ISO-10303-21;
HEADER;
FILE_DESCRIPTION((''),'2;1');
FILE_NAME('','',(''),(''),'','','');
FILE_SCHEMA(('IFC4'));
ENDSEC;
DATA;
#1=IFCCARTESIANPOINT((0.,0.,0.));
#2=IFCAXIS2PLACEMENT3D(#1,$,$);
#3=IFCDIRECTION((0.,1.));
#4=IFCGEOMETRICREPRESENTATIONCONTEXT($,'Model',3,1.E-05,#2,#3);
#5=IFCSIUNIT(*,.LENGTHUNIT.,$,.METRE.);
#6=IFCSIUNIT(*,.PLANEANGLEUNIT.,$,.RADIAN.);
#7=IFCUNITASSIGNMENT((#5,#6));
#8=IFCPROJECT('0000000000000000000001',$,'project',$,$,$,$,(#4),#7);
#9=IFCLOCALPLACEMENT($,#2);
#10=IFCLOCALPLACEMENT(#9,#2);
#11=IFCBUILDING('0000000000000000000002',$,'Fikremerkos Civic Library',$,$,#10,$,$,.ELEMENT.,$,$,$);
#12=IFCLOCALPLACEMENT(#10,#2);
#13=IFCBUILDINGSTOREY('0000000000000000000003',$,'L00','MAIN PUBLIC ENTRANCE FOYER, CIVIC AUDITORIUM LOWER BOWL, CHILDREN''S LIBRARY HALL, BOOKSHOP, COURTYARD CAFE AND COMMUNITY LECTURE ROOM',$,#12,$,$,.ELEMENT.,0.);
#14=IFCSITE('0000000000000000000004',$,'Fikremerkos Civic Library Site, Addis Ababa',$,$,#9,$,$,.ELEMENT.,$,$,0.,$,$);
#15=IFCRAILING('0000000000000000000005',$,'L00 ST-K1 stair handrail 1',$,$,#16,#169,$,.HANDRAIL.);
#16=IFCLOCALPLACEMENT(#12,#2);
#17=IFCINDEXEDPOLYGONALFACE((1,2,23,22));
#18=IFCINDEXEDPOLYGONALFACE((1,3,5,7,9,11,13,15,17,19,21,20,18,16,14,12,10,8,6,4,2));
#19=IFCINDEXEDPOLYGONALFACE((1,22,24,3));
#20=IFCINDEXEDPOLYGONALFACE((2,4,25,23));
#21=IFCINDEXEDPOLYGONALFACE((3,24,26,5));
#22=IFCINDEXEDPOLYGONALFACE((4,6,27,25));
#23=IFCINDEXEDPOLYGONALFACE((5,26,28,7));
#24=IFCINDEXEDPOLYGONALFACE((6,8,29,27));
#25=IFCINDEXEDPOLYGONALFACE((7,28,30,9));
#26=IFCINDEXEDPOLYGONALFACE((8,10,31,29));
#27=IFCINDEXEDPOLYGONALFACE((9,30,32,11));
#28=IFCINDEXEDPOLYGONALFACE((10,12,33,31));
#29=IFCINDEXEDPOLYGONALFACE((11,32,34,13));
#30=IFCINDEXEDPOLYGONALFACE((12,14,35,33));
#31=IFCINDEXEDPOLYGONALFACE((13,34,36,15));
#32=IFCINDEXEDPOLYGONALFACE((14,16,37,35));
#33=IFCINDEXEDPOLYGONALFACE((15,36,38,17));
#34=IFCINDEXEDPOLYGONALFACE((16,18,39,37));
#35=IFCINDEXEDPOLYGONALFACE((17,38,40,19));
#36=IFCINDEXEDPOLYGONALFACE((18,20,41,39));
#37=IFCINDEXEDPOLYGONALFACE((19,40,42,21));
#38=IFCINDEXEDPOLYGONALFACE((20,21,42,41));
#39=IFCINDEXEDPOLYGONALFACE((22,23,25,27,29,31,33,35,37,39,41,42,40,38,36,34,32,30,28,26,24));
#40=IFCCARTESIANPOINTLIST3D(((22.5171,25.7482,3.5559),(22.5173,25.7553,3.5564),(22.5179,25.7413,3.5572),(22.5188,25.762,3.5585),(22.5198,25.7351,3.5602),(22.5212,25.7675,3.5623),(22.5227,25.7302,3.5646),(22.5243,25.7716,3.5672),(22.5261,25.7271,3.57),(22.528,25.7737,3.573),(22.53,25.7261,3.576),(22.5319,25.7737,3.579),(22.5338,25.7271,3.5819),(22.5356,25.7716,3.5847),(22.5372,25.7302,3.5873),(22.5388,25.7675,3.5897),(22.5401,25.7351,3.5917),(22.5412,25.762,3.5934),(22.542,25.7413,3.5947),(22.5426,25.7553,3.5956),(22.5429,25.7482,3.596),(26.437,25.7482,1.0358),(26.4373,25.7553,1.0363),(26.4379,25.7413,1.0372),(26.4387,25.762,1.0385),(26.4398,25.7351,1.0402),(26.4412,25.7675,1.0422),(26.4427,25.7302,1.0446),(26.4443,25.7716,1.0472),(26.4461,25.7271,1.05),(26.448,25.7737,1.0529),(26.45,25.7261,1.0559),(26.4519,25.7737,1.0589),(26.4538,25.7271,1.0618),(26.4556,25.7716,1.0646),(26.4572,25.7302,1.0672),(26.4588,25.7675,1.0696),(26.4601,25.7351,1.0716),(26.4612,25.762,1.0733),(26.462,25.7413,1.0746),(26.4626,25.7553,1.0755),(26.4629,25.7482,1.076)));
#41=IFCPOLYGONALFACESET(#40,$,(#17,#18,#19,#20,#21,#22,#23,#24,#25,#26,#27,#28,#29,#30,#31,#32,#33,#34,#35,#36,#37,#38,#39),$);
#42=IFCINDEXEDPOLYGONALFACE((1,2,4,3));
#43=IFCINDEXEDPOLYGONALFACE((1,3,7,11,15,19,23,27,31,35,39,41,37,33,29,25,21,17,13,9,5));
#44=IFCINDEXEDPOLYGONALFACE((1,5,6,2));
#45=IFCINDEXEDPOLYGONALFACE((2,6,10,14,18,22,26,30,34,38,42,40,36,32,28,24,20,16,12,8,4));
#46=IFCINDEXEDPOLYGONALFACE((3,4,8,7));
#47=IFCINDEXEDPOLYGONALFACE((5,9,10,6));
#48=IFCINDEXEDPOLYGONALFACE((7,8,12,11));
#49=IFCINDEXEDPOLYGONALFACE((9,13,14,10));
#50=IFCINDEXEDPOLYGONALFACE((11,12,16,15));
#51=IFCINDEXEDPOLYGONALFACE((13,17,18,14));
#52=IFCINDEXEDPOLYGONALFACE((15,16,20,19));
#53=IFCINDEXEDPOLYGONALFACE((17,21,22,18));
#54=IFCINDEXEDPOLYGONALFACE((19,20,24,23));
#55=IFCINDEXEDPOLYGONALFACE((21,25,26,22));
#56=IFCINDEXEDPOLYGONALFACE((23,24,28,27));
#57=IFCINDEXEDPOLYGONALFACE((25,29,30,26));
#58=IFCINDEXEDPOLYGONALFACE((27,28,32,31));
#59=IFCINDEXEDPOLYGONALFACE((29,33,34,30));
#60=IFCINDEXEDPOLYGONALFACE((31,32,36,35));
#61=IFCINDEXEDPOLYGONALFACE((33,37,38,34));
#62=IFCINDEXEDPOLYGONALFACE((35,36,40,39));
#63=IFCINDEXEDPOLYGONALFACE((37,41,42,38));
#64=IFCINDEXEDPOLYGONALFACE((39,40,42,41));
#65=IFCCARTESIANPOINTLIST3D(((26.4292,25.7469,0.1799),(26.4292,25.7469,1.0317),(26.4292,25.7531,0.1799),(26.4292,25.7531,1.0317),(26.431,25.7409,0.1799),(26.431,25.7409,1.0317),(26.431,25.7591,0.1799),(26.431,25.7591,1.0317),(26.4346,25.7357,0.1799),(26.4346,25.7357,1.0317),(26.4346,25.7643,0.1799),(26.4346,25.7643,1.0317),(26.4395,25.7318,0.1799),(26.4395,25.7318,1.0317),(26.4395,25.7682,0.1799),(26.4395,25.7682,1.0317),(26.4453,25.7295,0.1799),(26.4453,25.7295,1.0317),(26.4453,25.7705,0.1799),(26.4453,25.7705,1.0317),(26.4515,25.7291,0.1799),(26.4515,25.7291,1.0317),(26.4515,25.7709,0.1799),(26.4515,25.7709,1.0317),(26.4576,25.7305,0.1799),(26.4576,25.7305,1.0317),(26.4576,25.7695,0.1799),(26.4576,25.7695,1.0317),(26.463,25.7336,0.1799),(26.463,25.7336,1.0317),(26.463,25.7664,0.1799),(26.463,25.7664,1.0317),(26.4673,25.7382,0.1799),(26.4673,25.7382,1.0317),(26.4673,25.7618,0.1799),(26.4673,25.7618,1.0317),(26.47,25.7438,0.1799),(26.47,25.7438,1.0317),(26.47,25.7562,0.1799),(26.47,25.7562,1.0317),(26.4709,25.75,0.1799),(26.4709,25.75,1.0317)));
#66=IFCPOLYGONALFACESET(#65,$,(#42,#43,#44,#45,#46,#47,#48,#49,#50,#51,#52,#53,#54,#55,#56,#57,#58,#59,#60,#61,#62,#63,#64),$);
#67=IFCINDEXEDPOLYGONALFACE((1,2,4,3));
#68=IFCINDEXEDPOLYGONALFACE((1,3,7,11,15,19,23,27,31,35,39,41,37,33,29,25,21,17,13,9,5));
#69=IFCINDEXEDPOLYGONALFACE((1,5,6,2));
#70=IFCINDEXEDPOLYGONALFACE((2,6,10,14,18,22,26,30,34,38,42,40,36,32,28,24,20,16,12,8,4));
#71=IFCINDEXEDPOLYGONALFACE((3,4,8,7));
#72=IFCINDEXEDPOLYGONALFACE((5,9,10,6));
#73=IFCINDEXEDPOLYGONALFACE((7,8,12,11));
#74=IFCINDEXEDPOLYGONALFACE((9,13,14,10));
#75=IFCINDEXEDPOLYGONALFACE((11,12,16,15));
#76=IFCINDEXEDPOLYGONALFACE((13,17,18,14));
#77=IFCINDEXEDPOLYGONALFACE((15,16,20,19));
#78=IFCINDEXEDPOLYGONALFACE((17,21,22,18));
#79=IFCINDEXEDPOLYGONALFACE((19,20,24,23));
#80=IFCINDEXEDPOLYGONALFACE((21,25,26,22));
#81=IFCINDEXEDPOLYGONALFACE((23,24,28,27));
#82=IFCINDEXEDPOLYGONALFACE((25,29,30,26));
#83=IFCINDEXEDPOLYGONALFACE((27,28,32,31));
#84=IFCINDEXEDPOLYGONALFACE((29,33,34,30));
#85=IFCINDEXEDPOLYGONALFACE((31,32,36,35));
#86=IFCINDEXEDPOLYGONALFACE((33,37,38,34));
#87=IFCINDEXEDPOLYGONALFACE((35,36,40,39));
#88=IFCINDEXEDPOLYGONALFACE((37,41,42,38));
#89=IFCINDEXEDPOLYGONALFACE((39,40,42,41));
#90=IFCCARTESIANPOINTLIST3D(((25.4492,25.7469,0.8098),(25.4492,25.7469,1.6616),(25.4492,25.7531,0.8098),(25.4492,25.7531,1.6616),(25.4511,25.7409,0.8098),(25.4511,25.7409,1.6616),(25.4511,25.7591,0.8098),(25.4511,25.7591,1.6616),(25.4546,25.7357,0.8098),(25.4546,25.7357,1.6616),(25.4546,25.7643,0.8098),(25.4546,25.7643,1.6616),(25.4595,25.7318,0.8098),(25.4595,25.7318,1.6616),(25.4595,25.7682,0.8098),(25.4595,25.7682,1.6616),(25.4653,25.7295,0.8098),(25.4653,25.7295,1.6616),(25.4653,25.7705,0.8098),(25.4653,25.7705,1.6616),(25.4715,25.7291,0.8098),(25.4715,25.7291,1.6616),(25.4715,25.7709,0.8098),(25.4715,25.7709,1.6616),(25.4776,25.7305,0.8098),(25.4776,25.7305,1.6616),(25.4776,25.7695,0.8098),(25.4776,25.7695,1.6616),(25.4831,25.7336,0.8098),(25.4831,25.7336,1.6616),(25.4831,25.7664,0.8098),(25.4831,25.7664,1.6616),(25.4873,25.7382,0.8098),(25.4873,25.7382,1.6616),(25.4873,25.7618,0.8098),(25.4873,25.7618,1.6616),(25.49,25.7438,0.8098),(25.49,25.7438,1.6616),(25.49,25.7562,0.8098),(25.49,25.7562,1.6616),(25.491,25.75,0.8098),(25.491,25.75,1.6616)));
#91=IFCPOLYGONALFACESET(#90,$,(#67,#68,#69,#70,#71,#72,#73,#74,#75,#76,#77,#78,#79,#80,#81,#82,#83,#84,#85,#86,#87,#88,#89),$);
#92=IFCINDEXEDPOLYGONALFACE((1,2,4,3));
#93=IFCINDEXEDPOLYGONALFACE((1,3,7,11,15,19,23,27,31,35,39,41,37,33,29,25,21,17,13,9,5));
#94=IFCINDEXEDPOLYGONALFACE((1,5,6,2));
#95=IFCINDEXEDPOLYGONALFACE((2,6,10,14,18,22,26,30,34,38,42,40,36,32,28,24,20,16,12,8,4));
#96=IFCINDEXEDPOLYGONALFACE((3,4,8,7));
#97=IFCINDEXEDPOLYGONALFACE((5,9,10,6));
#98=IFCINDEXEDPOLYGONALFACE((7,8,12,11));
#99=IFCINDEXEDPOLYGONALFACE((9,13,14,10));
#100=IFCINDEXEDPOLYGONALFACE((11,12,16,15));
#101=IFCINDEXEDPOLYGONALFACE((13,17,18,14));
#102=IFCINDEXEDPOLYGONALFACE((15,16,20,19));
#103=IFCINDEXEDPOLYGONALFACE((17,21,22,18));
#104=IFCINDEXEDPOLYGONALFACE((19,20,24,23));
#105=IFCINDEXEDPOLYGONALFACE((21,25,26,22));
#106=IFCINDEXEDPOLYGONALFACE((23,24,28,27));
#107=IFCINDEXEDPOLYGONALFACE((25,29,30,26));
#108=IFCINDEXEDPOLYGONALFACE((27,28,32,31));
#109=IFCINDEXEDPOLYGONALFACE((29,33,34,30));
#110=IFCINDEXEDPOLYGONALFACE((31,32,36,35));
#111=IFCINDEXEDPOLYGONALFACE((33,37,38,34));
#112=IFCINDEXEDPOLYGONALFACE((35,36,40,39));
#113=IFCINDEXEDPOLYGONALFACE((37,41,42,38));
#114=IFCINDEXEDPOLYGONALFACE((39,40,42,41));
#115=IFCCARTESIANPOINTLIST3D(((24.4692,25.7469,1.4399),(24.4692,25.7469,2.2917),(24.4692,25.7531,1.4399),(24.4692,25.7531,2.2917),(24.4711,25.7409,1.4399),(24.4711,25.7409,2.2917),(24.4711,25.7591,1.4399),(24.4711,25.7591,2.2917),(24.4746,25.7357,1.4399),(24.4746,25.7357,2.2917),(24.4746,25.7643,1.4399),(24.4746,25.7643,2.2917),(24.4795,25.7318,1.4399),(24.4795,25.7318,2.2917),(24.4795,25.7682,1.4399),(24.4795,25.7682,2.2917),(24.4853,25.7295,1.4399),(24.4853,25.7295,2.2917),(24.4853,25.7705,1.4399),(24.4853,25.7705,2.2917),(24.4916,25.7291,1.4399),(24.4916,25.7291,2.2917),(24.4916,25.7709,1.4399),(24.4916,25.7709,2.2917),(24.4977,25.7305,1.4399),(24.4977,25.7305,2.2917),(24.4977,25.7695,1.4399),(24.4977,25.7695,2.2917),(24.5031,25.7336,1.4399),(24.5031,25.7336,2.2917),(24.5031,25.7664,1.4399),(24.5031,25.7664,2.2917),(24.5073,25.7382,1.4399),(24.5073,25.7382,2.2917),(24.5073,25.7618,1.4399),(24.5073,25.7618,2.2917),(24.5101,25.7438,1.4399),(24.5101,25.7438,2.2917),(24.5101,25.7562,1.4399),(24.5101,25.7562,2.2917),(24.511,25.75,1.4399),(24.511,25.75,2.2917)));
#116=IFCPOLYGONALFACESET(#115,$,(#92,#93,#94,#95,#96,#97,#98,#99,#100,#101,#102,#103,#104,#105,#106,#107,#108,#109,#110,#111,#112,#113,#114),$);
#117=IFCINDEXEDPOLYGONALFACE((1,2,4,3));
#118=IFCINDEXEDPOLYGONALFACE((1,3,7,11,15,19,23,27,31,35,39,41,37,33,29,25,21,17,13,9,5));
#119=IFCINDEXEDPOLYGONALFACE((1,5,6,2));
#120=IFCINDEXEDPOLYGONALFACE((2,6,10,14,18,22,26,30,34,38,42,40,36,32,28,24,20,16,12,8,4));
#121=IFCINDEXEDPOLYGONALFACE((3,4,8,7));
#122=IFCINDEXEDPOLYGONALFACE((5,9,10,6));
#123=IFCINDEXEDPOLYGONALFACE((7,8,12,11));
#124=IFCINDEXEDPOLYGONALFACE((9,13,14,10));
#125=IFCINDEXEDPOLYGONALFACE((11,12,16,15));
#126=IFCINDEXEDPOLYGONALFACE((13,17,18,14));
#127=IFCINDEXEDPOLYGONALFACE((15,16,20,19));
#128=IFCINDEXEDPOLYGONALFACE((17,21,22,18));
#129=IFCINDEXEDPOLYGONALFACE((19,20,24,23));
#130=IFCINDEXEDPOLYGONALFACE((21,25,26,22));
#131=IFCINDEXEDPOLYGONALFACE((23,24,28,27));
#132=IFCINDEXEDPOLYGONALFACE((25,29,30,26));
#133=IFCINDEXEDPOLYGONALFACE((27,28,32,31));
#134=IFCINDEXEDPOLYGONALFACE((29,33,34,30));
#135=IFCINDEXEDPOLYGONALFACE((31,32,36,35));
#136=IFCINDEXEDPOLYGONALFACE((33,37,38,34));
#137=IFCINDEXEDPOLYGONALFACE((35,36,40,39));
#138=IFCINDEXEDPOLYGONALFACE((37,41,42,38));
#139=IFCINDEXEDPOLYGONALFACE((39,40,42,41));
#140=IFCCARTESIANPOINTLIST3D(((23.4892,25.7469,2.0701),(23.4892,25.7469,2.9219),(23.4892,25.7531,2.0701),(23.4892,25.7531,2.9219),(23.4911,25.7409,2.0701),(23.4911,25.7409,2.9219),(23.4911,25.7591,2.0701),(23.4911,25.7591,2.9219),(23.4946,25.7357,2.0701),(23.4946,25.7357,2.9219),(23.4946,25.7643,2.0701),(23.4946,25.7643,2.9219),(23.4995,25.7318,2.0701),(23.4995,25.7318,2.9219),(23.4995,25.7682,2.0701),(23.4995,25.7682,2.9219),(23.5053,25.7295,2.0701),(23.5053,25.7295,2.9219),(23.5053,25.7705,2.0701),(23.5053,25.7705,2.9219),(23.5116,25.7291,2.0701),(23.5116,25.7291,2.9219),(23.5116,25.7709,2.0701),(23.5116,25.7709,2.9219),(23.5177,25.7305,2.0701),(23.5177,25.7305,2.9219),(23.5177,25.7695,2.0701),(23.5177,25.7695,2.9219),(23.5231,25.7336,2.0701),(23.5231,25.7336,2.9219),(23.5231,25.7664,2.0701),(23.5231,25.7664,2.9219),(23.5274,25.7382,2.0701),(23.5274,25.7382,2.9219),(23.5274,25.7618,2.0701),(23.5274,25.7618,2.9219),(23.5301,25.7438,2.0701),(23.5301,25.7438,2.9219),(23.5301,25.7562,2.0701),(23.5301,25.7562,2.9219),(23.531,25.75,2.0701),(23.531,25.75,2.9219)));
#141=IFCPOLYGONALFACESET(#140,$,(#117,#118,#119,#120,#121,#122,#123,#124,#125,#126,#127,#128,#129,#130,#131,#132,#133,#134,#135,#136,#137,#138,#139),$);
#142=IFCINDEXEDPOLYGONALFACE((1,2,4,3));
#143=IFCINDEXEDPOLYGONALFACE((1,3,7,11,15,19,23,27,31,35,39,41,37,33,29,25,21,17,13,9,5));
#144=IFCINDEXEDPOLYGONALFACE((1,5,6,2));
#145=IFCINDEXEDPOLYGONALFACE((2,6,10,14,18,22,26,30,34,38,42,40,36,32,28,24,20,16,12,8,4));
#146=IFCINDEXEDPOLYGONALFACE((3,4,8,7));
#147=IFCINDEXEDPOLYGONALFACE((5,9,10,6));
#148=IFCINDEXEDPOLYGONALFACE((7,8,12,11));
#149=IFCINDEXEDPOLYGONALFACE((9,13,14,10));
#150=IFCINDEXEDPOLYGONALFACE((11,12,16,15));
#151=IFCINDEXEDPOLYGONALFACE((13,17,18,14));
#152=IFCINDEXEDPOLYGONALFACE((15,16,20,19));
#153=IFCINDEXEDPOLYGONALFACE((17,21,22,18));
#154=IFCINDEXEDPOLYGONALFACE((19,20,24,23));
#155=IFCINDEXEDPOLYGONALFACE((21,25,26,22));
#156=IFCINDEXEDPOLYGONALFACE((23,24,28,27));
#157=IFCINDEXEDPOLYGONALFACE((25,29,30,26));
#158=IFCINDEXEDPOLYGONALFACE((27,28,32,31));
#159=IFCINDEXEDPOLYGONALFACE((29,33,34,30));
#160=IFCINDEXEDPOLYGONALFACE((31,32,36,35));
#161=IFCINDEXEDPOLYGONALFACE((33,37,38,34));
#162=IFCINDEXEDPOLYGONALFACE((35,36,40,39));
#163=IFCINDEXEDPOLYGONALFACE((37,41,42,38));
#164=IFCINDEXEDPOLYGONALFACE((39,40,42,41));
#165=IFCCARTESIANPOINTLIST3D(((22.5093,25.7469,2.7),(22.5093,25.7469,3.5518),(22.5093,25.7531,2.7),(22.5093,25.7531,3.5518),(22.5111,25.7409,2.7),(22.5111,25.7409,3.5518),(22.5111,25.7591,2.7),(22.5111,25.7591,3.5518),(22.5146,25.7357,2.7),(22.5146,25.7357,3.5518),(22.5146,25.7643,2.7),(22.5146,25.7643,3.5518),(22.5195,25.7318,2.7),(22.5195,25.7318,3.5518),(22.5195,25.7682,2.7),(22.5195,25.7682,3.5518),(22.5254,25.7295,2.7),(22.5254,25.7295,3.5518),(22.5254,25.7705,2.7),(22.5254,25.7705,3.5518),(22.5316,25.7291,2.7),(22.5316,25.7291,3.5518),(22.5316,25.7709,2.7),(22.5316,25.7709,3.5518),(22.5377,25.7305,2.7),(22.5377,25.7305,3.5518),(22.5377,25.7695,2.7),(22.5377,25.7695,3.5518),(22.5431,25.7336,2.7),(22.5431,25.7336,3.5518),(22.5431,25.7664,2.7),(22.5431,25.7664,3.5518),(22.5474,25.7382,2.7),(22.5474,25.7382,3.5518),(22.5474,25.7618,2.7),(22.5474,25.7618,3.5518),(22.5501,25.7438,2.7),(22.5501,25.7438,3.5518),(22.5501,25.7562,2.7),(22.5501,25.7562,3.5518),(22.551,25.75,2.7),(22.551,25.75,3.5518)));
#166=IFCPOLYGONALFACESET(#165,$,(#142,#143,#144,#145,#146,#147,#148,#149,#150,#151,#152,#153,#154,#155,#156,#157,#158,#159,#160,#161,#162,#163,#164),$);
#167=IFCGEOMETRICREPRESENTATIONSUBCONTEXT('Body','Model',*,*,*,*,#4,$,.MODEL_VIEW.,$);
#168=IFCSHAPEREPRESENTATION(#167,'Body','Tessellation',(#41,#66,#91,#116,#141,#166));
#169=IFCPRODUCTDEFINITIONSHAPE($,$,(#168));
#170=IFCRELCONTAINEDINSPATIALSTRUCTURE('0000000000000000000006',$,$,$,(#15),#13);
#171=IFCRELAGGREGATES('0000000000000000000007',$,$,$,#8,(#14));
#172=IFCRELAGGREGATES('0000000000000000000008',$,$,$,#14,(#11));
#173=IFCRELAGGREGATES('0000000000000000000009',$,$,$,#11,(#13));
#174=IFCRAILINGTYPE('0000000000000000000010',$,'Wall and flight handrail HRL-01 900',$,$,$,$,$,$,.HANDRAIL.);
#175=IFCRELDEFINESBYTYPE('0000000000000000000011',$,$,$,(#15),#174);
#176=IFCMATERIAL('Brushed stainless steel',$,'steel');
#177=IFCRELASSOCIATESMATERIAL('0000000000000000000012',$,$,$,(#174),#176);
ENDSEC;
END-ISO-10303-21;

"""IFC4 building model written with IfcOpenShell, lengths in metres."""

from ifc_helpers import new_model, si_unit, direction, frame, origin, origin_2d, place, context, subcontext, project, spatial, circle, extrude, material, type_object, element, save


model = new_model("IFC4")

# Units and contexts
model_context = context("Model", 3, precision=1e-05, world=origin(), true_north=direction((0.0, 1.0)))
body_context = subcontext(model_context, "Body", "Model", "MODEL_VIEW")
ifc_project = project(units=[si_unit("LENGTHUNIT", "METRE"), si_unit("PLANEANGLEUNIT", "RADIAN")], contexts=[model_context])

# Site, building, storey
site_placement = place(None, origin())
site = spatial("IfcSite", under=ifc_project, at=site_placement, Name="Fikremerkos Civic Library Site, Addis Ababa", CompositionType="ELEMENT", RefElevation=0.0)
building_placement = place(site_placement, origin())
building = spatial("IfcBuilding", under=site, at=building_placement, Name="Fikremerkos Civic Library", CompositionType="ELEMENT")
storey_placement = place(building_placement, origin())
storey = spatial("IfcBuildingStorey", under=building, at=storey_placement, Name="L00", Description="MAIN PUBLIC ENTRANCE FOYER, CIVIC AUDITORIUM LOWER BOWL, CHILDREN'S LIBRARY HALL, BOOKSHOP, COURTYARD CAFE AND COMMUNITY LECTURE ROOM", CompositionType="ELEMENT", Elevation=0.0)

# Shared definitions
ifc_material_1 = material(Name="Brushed stainless steel", Category="steel")

# Railing
railing_type_1 = type_object("IfcRailingType", Name="Wall and flight handrail HRL-01 900", PredefinedType="HANDRAIL", material=ifc_material_1)
railing_1_placement = place(storey_placement, frame((26.45, 25.75, 0.1799)))
element("IfcRailing", 1, at=railing_1_placement, inside=storey, type_object=railing_type_1, Name="L00 ST-K1 stair handrail 1", PredefinedType="HANDRAIL", context=body_context, shape_type="SweptSolid", body=[
    extrude(circle(Radius=0.0239, at=origin_2d()), frame((0.0, 0.0, 0.876), z_axis=(-0.841172, 0.0, 0.540768), x_axis=(0.0, -1.0, 0.0)), (0.0, 0.0, 1.0), 4.6602),
    extrude(circle(Radius=0.021, at=origin_2d()), origin(), (0.0, 0.0, 1.0), 0.8518),
    extrude(circle(Radius=0.021, at=origin_2d()), frame((-0.98, 0.0, 0.6299)), (0.0, 0.0, 1.0), 0.8518),
    extrude(circle(Radius=0.021, at=origin_2d()), frame((-1.96, 0.0, 1.26)), (0.0, 0.0, 1.0), 0.8518),
    extrude(circle(Radius=0.021, at=origin_2d()), frame((-2.9399, 0.0, 1.8901)), (0.0, 0.0, 1.0), 0.8518),
    extrude(circle(Radius=0.021, at=origin_2d()), frame((-3.9199, 0.0, 2.52)), (0.0, 0.0, 1.0), 0.8518),
])

save(model, "model.ifc")
